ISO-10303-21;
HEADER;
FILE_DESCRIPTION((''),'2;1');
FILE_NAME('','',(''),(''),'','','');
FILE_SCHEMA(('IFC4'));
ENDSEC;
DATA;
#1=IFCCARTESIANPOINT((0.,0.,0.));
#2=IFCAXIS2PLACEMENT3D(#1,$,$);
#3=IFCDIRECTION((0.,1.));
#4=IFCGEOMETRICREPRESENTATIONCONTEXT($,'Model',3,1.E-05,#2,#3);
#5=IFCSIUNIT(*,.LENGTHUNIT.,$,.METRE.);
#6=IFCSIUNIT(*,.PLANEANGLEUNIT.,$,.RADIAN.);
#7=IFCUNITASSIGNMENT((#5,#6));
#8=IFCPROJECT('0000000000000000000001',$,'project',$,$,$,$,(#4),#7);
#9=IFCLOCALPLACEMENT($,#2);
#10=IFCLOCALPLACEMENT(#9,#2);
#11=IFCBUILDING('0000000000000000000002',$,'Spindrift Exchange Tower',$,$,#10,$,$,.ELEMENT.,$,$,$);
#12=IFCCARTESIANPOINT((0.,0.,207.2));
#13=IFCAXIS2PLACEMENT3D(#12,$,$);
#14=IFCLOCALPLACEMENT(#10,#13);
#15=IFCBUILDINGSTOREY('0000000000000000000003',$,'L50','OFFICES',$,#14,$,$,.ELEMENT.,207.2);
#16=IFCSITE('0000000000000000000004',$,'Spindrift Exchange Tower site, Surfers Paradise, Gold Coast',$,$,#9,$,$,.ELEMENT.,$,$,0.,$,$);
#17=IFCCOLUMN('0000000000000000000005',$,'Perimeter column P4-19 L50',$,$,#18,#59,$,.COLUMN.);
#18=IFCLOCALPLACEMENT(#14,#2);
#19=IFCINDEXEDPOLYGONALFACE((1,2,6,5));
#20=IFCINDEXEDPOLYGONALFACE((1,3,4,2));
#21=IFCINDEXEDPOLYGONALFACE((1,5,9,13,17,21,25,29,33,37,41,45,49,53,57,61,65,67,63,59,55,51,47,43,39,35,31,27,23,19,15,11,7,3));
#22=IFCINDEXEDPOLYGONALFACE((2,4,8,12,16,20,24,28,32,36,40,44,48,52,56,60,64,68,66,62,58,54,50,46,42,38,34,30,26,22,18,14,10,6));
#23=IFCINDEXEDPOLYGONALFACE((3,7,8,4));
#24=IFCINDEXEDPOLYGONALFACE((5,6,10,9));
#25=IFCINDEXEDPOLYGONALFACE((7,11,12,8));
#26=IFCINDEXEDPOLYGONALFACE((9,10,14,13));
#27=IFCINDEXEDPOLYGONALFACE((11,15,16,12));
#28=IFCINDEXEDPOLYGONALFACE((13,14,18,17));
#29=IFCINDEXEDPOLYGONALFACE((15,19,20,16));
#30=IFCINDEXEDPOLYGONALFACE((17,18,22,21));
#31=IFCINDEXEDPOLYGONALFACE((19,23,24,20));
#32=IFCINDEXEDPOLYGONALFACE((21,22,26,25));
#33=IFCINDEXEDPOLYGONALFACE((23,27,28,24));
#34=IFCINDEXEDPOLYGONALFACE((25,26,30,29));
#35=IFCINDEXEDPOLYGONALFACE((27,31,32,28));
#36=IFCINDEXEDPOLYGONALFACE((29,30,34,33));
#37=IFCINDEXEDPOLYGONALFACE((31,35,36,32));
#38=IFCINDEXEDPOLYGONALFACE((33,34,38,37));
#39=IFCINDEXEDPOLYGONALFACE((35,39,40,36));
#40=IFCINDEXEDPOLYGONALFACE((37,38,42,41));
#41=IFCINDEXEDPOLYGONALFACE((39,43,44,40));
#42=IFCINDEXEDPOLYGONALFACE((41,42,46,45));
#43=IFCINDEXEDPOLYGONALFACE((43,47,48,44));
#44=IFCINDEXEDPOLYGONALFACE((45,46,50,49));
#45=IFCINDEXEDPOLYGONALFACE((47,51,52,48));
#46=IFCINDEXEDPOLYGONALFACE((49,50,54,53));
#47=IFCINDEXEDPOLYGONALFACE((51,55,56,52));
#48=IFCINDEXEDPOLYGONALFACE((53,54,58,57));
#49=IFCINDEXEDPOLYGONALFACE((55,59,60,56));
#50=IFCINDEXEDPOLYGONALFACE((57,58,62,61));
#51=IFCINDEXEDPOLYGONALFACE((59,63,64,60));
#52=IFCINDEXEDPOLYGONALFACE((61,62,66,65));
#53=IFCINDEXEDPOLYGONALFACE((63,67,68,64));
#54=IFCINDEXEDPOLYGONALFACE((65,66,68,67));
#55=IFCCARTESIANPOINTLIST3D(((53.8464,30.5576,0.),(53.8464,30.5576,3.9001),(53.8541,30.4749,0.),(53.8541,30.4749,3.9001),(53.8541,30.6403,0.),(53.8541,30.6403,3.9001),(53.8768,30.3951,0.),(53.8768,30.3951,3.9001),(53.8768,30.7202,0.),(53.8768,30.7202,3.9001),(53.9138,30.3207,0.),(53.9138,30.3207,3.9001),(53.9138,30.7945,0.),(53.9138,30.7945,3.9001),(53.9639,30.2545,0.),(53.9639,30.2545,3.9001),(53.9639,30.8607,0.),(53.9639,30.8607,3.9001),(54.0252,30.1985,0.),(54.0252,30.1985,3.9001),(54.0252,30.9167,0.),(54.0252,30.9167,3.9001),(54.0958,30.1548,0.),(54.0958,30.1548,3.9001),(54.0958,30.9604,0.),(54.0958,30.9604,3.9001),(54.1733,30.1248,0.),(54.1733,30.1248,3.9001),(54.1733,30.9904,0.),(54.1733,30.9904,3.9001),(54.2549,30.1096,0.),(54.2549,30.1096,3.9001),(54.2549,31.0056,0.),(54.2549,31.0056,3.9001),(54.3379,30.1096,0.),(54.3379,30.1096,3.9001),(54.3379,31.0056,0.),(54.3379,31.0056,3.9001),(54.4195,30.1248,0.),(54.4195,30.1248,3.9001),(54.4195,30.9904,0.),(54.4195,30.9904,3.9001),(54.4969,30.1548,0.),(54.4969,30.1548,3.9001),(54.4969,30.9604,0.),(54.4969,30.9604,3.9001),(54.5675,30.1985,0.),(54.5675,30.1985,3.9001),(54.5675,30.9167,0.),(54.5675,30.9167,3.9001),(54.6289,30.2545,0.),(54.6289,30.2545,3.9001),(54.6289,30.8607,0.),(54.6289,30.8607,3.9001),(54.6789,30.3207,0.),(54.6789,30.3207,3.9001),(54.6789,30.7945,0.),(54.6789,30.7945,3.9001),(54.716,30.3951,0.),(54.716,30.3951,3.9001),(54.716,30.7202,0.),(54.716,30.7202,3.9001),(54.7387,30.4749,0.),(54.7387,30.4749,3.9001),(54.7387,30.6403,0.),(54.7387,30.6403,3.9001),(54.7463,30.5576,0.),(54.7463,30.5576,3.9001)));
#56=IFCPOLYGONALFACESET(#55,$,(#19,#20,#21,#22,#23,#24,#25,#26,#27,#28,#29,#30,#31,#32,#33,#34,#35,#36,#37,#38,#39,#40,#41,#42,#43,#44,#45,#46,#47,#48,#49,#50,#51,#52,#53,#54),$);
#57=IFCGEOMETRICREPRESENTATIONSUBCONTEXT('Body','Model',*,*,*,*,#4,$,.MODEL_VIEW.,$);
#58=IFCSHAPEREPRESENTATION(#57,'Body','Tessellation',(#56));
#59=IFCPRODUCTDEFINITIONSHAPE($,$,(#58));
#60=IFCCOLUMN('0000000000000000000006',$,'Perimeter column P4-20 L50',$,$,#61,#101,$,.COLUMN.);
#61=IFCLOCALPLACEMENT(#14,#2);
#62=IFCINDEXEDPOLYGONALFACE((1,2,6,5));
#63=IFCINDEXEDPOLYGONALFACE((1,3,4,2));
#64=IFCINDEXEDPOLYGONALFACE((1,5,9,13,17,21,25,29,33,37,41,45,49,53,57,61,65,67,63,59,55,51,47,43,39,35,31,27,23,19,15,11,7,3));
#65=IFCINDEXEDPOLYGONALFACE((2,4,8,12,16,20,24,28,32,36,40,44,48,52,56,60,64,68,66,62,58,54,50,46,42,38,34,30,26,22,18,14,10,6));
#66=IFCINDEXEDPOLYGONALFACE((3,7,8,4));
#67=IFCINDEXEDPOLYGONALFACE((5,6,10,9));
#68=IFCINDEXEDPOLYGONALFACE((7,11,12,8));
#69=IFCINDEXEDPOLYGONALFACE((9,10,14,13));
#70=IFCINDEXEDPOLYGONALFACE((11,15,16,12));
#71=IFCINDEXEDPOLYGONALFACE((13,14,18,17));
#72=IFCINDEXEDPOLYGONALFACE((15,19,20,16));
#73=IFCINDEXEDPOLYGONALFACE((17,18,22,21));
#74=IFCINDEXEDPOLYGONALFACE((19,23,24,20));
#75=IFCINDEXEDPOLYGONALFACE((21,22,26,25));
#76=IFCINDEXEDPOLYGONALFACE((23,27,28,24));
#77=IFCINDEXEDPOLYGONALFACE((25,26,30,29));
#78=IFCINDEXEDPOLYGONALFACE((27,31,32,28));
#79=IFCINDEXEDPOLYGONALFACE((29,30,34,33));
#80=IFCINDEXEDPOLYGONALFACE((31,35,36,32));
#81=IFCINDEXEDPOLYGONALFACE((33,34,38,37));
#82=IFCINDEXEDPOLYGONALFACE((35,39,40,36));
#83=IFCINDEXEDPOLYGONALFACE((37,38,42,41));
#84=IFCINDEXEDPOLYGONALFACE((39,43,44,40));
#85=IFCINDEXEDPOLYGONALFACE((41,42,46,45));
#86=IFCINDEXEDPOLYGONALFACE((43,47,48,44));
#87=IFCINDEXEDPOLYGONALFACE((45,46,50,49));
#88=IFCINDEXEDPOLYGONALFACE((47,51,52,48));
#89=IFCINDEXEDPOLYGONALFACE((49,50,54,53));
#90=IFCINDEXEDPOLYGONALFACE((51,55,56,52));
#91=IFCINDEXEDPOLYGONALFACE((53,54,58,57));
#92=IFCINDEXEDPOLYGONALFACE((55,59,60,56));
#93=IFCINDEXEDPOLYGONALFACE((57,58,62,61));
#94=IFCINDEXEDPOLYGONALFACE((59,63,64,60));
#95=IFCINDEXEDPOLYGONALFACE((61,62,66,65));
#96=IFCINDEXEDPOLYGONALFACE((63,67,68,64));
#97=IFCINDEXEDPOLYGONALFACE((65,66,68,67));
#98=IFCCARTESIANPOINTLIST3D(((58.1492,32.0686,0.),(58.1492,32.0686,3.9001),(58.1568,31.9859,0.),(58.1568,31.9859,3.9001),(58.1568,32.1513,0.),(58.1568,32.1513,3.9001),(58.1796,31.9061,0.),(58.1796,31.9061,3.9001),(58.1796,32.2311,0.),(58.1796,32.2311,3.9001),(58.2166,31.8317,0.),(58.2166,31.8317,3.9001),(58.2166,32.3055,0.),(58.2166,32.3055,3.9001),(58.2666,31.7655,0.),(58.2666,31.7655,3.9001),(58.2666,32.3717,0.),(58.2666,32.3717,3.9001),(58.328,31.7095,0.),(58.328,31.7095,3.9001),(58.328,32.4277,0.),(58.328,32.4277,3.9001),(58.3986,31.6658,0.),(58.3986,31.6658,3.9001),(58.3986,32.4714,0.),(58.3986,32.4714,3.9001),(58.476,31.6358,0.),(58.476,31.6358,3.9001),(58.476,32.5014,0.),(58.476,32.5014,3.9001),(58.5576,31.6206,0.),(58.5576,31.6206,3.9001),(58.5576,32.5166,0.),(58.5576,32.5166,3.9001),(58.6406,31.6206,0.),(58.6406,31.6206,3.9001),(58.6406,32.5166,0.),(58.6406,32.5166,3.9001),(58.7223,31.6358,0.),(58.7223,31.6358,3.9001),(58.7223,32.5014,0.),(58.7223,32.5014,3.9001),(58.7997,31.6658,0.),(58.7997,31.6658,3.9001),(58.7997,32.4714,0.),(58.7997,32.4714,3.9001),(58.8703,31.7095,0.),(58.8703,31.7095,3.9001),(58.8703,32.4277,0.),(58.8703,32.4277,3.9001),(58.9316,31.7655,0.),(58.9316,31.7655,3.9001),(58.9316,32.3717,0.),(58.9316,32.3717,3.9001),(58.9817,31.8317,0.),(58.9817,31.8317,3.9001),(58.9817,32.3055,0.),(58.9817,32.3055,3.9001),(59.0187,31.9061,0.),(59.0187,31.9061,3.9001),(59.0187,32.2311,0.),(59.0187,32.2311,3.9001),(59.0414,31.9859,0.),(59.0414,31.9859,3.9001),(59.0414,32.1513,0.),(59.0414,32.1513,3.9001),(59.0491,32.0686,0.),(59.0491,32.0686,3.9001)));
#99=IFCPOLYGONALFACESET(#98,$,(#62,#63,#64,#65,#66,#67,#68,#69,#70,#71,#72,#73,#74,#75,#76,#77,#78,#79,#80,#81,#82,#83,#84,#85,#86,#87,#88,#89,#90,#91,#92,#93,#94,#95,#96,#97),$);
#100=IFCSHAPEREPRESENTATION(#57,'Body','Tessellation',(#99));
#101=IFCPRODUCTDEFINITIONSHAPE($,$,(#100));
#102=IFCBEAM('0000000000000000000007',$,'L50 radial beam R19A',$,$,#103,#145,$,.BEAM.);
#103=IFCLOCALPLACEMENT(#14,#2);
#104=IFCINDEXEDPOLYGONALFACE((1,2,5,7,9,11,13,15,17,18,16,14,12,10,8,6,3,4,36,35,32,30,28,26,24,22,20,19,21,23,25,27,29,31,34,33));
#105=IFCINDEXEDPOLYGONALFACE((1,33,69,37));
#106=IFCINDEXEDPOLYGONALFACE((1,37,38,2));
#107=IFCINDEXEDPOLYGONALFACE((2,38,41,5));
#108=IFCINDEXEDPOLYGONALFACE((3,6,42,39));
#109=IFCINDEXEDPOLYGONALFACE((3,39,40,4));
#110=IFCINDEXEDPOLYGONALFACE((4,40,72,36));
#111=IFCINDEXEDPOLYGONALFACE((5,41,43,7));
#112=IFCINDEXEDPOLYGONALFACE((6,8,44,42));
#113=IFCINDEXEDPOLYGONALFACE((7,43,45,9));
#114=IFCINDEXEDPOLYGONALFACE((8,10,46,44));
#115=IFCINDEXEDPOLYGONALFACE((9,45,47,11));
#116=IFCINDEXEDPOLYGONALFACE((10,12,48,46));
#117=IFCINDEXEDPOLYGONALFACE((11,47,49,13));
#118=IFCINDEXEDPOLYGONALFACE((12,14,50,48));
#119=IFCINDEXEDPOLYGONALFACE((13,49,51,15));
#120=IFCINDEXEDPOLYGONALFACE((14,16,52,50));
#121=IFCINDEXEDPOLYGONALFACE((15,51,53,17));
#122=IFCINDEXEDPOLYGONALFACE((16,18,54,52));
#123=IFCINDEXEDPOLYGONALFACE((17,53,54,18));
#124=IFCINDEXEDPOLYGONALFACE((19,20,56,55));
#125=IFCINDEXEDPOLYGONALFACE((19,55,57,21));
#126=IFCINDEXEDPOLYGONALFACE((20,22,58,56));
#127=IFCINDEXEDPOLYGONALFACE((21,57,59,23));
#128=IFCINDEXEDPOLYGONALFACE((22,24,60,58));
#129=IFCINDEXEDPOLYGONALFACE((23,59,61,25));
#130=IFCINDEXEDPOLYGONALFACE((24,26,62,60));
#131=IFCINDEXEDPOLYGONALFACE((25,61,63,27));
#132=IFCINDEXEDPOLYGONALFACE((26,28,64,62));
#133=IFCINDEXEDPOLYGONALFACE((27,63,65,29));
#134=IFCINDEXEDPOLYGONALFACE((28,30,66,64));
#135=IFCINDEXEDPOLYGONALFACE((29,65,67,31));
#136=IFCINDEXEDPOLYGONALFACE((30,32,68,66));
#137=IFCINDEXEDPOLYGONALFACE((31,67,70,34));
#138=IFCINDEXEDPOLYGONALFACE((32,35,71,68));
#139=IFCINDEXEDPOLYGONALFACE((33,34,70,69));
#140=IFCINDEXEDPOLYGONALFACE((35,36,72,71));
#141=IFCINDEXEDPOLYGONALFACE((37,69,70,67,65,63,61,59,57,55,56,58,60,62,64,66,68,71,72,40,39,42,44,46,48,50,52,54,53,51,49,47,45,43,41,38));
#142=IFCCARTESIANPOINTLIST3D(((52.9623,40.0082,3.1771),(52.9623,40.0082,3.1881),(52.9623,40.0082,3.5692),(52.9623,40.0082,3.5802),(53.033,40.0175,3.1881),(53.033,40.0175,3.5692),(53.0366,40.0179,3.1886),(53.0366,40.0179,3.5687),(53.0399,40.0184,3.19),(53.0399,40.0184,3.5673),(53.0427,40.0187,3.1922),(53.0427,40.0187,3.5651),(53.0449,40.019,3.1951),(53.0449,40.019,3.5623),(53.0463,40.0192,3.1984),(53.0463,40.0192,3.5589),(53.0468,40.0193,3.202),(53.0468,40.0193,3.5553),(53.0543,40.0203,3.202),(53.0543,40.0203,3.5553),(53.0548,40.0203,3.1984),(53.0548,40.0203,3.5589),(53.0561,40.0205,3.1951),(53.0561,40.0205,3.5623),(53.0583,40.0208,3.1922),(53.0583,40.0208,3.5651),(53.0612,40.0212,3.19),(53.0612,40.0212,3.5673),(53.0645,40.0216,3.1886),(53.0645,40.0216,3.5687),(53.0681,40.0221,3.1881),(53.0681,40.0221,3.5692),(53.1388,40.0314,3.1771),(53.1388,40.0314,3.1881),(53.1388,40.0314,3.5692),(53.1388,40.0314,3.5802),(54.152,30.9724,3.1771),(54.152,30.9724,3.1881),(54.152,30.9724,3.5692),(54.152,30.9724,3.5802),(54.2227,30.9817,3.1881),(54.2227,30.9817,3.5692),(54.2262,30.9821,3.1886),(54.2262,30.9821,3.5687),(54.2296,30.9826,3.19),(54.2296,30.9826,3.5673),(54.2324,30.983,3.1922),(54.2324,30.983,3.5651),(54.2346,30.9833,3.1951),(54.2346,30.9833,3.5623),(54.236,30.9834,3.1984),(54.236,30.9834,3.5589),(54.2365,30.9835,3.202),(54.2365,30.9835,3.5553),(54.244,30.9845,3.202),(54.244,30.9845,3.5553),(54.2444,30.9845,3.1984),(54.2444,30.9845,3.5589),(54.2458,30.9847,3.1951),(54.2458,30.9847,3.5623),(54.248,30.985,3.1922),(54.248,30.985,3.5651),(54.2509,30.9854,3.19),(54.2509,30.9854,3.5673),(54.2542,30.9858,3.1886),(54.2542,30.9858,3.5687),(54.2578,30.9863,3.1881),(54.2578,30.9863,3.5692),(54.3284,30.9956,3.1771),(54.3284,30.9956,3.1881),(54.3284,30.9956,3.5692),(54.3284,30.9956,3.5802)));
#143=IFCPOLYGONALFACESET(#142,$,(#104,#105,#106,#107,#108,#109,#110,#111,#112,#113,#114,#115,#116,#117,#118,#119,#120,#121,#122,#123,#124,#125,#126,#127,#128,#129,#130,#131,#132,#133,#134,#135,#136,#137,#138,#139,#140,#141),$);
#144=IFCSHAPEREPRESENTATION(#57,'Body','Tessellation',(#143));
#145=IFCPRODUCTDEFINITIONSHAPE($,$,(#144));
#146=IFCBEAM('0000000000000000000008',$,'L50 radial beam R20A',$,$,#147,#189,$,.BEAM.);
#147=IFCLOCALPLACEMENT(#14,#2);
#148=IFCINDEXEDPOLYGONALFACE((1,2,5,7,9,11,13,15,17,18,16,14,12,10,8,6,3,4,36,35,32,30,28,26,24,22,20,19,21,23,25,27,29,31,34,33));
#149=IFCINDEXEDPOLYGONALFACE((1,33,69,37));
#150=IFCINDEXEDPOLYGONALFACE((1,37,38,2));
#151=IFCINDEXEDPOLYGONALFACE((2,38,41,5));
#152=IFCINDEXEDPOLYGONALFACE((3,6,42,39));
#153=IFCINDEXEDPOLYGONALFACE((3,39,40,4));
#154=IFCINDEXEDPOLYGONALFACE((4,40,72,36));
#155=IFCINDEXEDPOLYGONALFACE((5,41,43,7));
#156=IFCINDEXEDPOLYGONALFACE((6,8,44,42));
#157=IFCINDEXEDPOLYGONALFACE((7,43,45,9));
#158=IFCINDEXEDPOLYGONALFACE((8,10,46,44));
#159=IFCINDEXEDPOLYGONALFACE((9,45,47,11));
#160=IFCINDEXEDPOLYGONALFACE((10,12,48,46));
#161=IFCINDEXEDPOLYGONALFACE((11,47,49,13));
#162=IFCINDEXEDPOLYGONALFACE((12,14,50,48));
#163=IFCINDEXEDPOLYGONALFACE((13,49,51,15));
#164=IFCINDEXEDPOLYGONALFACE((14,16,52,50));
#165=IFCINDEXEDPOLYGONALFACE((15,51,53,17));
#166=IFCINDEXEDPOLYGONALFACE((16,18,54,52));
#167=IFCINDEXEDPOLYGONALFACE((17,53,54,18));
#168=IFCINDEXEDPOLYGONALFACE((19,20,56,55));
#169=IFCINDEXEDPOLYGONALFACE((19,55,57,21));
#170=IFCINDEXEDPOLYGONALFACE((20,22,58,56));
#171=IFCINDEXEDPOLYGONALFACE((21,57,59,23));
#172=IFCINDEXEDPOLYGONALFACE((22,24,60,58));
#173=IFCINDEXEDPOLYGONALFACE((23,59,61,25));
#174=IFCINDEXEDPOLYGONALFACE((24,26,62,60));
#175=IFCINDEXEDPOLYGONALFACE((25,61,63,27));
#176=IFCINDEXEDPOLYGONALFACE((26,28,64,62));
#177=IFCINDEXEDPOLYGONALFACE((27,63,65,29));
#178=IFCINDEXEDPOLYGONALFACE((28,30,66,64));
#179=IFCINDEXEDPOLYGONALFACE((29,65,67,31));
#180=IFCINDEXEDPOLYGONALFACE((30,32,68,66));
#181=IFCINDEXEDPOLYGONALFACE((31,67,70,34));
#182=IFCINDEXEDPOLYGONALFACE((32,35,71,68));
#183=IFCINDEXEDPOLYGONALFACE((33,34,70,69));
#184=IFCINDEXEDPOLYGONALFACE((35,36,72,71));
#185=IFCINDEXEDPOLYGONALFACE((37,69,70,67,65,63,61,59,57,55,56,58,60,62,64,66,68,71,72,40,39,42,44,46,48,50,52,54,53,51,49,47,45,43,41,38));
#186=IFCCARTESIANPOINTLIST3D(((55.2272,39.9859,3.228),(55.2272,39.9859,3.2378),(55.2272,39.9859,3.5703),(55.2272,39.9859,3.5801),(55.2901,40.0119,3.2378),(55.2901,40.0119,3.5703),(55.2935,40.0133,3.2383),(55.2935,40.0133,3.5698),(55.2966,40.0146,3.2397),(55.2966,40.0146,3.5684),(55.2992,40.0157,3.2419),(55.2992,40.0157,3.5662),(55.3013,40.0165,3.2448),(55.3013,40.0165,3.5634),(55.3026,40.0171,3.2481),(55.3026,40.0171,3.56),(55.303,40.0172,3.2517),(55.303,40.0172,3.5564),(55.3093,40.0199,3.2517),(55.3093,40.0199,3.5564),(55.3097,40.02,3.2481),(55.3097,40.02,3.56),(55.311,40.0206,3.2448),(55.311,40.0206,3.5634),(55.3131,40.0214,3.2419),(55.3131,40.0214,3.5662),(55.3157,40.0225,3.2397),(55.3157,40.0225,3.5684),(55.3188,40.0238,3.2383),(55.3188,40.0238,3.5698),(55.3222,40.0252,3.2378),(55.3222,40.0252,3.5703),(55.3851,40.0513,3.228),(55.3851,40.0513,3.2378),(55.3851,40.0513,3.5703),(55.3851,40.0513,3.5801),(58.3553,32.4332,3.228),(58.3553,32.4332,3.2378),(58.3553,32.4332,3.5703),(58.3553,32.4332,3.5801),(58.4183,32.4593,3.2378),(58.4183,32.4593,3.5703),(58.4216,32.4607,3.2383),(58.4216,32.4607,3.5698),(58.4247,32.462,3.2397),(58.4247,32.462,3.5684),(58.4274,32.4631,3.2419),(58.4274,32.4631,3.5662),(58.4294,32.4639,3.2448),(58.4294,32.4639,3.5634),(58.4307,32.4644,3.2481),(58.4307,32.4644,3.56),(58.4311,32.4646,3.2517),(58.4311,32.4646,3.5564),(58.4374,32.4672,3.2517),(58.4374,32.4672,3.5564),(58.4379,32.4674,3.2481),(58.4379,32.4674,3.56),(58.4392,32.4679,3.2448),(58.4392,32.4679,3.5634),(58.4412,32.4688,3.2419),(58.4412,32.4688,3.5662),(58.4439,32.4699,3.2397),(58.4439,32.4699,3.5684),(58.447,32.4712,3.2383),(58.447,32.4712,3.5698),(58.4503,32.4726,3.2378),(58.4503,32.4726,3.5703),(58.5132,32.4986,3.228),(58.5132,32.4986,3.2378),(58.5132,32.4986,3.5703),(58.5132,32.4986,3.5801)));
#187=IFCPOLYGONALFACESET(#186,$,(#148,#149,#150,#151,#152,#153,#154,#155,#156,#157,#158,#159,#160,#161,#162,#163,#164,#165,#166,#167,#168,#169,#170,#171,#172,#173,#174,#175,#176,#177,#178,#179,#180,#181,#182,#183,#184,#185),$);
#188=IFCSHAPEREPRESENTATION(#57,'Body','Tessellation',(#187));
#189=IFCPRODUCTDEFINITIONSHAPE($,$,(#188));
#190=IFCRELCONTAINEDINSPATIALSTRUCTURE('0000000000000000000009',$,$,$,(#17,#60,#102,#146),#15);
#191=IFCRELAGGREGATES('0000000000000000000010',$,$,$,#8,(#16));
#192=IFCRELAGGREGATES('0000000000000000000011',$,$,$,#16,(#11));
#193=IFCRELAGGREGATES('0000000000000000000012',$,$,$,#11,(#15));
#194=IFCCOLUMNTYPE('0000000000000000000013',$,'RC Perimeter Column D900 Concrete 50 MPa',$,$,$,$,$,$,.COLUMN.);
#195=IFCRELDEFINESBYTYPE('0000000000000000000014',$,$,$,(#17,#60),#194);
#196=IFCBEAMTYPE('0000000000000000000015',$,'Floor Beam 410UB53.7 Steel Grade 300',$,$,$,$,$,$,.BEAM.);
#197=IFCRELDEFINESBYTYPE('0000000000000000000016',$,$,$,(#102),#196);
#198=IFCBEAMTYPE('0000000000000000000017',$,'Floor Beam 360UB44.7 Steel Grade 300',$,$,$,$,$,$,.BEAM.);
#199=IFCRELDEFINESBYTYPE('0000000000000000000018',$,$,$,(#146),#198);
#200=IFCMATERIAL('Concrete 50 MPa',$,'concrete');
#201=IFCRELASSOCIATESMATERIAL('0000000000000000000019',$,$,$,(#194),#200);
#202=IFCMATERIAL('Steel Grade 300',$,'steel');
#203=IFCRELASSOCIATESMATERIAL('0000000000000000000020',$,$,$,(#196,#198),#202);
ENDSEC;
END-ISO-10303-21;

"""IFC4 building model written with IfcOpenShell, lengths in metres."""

from ifc_helpers import new_model, si_unit, direction, frame, origin, origin_2d, place, context, subcontext, project, spatial, circle, i_section, extrude, source, transform, mapped, material, material_profile, profile_set, type_object, element, save


model = new_model("IFC4")

# Units and contexts
model_context = context("Model", 3, precision=1e-05, world=origin(), true_north=direction((0.0, 1.0)))
body_context = subcontext(model_context, "Body", "Model", "MODEL_VIEW")
ifc_project = project(units=[si_unit("LENGTHUNIT", "METRE"), si_unit("PLANEANGLEUNIT", "RADIAN")], contexts=[model_context])

# Site, building, storey
site_placement = place(None, origin())
site = spatial("IfcSite", under=ifc_project, at=site_placement, Name="Spindrift Exchange Tower site, Surfers Paradise, Gold Coast", CompositionType="ELEMENT", RefElevation=0.0)
building_placement = place(site_placement, origin())
building = spatial("IfcBuilding", under=site, at=building_placement, Name="Spindrift Exchange Tower", CompositionType="ELEMENT")
storey_placement = place(building_placement, frame((0.0, 0.0, 207.2)))
storey = spatial("IfcBuildingStorey", under=building, at=storey_placement, Name="L50", Description="OFFICES", CompositionType="ELEMENT", Elevation=207.2)

# Columns
ifc_material_1 = material(Name="Concrete 50 MPa", Category="concrete")
ifc_material_profile_1 = material_profile(ifc_material_1, circle(Radius=0.45, at=origin_2d()), Name="RC D900")
ifc_profile_set_1 = profile_set([ifc_material_profile_1], Name="Concrete 50 MPa")
column_type = type_object("IfcColumnType", Name="RC Perimeter Column D900 Concrete 50 MPa", PredefinedType="COLUMN", material=ifc_profile_set_1)
shared_shape_1 = source(origin(), body_context, "Body", "SweptSolid", [
    extrude(circle(Radius=0.45, at=origin_2d()), origin(), (0.0, 0.0, 1.0), 3.9001),
])
for number, where, z_axis, x_axis, name in (
    (1, (54.2964, 30.5576, 0.0), (0.0, 0.0, 1.0), (1.0, 0.0, 0.0), "Perimeter column P4-19 L50"),
    (2, (58.5991, 32.0686, 0.0), (0.0, 0.0, 1.0), (1.0, 0.0, 0.0), "Perimeter column P4-20 L50"),
):
    element("IfcColumn", number, at=place(storey_placement, frame(where, z_axis=z_axis, x_axis=x_axis)), inside=storey, type_object=column_type, Name=name, PredefinedType="COLUMN", context=body_context, shape_type="MappedRepresentation", body=[
        mapped(shared_shape_1, transform((0.0, 0.0, 0.0), scale=1.0)),
    ])

# Beams
ifc_material_2 = material(Name="Steel Grade 300", Category="steel")
ifc_material_profile_2 = material_profile(ifc_material_2, i_section(OverallWidth=0.178, OverallDepth=0.4031, WebThickness=0.0076, FlangeThickness=0.011, FilletRadius=0.0139, at=origin_2d()), Name="410UB53.7")
ifc_profile_set_2 = profile_set([ifc_material_profile_2], Name="Steel Grade 300")
beam_type_1 = type_object("IfcBeamType", Name="Floor Beam 410UB53.7 Steel Grade 300", PredefinedType="BEAM", material=ifc_profile_set_2)
shared_shape_2 = source(origin(), body_context, "Body", "SweptSolid", [
    extrude(i_section(OverallWidth=0.178, OverallDepth=0.4031, WebThickness=0.0076, FlangeThickness=0.011, FilletRadius=0.0139, at=origin_2d()), origin(), (0.0, 0.0, 1.0), 9.1138),
])
beam_1_placement = place(storey_placement, frame((53.0505, 40.0198, 3.3787), z_axis=(0.130537, -0.991443, 0.0), x_axis=(0.991443, 0.130537, 0.0)))
element("IfcBeam", 3, at=beam_1_placement, inside=storey, type_object=beam_type_1, Name="L50 radial beam R19A", PredefinedType="BEAM", context=body_context, shape_type="MappedRepresentation", body=[
    mapped(shared_shape_2, transform((0.0, 0.0, 0.0), scale=1.0)),
])
ifc_material_profile_3 = material_profile(ifc_material_2, i_section(OverallWidth=0.1709, OverallDepth=0.3521, WebThickness=0.0068, FlangeThickness=0.0098, FilletRadius=0.0139, at=origin_2d()), Name="360UB44.7")
ifc_profile_set_3 = profile_set([ifc_material_profile_3], Name="Steel Grade 300")
beam_type_2 = type_object("IfcBeamType", Name="Floor Beam 360UB44.7 Steel Grade 300", PredefinedType="BEAM", material=ifc_profile_set_3)
shared_shape_3 = source(origin(), body_context, "Body", "SweptSolid", [
    extrude(i_section(OverallWidth=0.1709, OverallDepth=0.3521, WebThickness=0.0068, FlangeThickness=0.0098, FilletRadius=0.0139, at=origin_2d()), origin(), (0.0, 0.0, 1.0), 8.1748),
])
beam_2_placement = place(storey_placement, frame((55.3062, 40.0186, 3.4041), z_axis=(0.382655, -0.923891, 0.0), x_axis=(0.923891, 0.382655, 0.0)))
element("IfcBeam", 4, at=beam_2_placement, inside=storey, type_object=beam_type_2, Name="L50 radial beam R20A", PredefinedType="BEAM", context=body_context, shape_type="MappedRepresentation", body=[
    mapped(shared_shape_3, transform((0.0, 0.0, 0.0), scale=1.0)),
])

save(model, "model.ifc")
